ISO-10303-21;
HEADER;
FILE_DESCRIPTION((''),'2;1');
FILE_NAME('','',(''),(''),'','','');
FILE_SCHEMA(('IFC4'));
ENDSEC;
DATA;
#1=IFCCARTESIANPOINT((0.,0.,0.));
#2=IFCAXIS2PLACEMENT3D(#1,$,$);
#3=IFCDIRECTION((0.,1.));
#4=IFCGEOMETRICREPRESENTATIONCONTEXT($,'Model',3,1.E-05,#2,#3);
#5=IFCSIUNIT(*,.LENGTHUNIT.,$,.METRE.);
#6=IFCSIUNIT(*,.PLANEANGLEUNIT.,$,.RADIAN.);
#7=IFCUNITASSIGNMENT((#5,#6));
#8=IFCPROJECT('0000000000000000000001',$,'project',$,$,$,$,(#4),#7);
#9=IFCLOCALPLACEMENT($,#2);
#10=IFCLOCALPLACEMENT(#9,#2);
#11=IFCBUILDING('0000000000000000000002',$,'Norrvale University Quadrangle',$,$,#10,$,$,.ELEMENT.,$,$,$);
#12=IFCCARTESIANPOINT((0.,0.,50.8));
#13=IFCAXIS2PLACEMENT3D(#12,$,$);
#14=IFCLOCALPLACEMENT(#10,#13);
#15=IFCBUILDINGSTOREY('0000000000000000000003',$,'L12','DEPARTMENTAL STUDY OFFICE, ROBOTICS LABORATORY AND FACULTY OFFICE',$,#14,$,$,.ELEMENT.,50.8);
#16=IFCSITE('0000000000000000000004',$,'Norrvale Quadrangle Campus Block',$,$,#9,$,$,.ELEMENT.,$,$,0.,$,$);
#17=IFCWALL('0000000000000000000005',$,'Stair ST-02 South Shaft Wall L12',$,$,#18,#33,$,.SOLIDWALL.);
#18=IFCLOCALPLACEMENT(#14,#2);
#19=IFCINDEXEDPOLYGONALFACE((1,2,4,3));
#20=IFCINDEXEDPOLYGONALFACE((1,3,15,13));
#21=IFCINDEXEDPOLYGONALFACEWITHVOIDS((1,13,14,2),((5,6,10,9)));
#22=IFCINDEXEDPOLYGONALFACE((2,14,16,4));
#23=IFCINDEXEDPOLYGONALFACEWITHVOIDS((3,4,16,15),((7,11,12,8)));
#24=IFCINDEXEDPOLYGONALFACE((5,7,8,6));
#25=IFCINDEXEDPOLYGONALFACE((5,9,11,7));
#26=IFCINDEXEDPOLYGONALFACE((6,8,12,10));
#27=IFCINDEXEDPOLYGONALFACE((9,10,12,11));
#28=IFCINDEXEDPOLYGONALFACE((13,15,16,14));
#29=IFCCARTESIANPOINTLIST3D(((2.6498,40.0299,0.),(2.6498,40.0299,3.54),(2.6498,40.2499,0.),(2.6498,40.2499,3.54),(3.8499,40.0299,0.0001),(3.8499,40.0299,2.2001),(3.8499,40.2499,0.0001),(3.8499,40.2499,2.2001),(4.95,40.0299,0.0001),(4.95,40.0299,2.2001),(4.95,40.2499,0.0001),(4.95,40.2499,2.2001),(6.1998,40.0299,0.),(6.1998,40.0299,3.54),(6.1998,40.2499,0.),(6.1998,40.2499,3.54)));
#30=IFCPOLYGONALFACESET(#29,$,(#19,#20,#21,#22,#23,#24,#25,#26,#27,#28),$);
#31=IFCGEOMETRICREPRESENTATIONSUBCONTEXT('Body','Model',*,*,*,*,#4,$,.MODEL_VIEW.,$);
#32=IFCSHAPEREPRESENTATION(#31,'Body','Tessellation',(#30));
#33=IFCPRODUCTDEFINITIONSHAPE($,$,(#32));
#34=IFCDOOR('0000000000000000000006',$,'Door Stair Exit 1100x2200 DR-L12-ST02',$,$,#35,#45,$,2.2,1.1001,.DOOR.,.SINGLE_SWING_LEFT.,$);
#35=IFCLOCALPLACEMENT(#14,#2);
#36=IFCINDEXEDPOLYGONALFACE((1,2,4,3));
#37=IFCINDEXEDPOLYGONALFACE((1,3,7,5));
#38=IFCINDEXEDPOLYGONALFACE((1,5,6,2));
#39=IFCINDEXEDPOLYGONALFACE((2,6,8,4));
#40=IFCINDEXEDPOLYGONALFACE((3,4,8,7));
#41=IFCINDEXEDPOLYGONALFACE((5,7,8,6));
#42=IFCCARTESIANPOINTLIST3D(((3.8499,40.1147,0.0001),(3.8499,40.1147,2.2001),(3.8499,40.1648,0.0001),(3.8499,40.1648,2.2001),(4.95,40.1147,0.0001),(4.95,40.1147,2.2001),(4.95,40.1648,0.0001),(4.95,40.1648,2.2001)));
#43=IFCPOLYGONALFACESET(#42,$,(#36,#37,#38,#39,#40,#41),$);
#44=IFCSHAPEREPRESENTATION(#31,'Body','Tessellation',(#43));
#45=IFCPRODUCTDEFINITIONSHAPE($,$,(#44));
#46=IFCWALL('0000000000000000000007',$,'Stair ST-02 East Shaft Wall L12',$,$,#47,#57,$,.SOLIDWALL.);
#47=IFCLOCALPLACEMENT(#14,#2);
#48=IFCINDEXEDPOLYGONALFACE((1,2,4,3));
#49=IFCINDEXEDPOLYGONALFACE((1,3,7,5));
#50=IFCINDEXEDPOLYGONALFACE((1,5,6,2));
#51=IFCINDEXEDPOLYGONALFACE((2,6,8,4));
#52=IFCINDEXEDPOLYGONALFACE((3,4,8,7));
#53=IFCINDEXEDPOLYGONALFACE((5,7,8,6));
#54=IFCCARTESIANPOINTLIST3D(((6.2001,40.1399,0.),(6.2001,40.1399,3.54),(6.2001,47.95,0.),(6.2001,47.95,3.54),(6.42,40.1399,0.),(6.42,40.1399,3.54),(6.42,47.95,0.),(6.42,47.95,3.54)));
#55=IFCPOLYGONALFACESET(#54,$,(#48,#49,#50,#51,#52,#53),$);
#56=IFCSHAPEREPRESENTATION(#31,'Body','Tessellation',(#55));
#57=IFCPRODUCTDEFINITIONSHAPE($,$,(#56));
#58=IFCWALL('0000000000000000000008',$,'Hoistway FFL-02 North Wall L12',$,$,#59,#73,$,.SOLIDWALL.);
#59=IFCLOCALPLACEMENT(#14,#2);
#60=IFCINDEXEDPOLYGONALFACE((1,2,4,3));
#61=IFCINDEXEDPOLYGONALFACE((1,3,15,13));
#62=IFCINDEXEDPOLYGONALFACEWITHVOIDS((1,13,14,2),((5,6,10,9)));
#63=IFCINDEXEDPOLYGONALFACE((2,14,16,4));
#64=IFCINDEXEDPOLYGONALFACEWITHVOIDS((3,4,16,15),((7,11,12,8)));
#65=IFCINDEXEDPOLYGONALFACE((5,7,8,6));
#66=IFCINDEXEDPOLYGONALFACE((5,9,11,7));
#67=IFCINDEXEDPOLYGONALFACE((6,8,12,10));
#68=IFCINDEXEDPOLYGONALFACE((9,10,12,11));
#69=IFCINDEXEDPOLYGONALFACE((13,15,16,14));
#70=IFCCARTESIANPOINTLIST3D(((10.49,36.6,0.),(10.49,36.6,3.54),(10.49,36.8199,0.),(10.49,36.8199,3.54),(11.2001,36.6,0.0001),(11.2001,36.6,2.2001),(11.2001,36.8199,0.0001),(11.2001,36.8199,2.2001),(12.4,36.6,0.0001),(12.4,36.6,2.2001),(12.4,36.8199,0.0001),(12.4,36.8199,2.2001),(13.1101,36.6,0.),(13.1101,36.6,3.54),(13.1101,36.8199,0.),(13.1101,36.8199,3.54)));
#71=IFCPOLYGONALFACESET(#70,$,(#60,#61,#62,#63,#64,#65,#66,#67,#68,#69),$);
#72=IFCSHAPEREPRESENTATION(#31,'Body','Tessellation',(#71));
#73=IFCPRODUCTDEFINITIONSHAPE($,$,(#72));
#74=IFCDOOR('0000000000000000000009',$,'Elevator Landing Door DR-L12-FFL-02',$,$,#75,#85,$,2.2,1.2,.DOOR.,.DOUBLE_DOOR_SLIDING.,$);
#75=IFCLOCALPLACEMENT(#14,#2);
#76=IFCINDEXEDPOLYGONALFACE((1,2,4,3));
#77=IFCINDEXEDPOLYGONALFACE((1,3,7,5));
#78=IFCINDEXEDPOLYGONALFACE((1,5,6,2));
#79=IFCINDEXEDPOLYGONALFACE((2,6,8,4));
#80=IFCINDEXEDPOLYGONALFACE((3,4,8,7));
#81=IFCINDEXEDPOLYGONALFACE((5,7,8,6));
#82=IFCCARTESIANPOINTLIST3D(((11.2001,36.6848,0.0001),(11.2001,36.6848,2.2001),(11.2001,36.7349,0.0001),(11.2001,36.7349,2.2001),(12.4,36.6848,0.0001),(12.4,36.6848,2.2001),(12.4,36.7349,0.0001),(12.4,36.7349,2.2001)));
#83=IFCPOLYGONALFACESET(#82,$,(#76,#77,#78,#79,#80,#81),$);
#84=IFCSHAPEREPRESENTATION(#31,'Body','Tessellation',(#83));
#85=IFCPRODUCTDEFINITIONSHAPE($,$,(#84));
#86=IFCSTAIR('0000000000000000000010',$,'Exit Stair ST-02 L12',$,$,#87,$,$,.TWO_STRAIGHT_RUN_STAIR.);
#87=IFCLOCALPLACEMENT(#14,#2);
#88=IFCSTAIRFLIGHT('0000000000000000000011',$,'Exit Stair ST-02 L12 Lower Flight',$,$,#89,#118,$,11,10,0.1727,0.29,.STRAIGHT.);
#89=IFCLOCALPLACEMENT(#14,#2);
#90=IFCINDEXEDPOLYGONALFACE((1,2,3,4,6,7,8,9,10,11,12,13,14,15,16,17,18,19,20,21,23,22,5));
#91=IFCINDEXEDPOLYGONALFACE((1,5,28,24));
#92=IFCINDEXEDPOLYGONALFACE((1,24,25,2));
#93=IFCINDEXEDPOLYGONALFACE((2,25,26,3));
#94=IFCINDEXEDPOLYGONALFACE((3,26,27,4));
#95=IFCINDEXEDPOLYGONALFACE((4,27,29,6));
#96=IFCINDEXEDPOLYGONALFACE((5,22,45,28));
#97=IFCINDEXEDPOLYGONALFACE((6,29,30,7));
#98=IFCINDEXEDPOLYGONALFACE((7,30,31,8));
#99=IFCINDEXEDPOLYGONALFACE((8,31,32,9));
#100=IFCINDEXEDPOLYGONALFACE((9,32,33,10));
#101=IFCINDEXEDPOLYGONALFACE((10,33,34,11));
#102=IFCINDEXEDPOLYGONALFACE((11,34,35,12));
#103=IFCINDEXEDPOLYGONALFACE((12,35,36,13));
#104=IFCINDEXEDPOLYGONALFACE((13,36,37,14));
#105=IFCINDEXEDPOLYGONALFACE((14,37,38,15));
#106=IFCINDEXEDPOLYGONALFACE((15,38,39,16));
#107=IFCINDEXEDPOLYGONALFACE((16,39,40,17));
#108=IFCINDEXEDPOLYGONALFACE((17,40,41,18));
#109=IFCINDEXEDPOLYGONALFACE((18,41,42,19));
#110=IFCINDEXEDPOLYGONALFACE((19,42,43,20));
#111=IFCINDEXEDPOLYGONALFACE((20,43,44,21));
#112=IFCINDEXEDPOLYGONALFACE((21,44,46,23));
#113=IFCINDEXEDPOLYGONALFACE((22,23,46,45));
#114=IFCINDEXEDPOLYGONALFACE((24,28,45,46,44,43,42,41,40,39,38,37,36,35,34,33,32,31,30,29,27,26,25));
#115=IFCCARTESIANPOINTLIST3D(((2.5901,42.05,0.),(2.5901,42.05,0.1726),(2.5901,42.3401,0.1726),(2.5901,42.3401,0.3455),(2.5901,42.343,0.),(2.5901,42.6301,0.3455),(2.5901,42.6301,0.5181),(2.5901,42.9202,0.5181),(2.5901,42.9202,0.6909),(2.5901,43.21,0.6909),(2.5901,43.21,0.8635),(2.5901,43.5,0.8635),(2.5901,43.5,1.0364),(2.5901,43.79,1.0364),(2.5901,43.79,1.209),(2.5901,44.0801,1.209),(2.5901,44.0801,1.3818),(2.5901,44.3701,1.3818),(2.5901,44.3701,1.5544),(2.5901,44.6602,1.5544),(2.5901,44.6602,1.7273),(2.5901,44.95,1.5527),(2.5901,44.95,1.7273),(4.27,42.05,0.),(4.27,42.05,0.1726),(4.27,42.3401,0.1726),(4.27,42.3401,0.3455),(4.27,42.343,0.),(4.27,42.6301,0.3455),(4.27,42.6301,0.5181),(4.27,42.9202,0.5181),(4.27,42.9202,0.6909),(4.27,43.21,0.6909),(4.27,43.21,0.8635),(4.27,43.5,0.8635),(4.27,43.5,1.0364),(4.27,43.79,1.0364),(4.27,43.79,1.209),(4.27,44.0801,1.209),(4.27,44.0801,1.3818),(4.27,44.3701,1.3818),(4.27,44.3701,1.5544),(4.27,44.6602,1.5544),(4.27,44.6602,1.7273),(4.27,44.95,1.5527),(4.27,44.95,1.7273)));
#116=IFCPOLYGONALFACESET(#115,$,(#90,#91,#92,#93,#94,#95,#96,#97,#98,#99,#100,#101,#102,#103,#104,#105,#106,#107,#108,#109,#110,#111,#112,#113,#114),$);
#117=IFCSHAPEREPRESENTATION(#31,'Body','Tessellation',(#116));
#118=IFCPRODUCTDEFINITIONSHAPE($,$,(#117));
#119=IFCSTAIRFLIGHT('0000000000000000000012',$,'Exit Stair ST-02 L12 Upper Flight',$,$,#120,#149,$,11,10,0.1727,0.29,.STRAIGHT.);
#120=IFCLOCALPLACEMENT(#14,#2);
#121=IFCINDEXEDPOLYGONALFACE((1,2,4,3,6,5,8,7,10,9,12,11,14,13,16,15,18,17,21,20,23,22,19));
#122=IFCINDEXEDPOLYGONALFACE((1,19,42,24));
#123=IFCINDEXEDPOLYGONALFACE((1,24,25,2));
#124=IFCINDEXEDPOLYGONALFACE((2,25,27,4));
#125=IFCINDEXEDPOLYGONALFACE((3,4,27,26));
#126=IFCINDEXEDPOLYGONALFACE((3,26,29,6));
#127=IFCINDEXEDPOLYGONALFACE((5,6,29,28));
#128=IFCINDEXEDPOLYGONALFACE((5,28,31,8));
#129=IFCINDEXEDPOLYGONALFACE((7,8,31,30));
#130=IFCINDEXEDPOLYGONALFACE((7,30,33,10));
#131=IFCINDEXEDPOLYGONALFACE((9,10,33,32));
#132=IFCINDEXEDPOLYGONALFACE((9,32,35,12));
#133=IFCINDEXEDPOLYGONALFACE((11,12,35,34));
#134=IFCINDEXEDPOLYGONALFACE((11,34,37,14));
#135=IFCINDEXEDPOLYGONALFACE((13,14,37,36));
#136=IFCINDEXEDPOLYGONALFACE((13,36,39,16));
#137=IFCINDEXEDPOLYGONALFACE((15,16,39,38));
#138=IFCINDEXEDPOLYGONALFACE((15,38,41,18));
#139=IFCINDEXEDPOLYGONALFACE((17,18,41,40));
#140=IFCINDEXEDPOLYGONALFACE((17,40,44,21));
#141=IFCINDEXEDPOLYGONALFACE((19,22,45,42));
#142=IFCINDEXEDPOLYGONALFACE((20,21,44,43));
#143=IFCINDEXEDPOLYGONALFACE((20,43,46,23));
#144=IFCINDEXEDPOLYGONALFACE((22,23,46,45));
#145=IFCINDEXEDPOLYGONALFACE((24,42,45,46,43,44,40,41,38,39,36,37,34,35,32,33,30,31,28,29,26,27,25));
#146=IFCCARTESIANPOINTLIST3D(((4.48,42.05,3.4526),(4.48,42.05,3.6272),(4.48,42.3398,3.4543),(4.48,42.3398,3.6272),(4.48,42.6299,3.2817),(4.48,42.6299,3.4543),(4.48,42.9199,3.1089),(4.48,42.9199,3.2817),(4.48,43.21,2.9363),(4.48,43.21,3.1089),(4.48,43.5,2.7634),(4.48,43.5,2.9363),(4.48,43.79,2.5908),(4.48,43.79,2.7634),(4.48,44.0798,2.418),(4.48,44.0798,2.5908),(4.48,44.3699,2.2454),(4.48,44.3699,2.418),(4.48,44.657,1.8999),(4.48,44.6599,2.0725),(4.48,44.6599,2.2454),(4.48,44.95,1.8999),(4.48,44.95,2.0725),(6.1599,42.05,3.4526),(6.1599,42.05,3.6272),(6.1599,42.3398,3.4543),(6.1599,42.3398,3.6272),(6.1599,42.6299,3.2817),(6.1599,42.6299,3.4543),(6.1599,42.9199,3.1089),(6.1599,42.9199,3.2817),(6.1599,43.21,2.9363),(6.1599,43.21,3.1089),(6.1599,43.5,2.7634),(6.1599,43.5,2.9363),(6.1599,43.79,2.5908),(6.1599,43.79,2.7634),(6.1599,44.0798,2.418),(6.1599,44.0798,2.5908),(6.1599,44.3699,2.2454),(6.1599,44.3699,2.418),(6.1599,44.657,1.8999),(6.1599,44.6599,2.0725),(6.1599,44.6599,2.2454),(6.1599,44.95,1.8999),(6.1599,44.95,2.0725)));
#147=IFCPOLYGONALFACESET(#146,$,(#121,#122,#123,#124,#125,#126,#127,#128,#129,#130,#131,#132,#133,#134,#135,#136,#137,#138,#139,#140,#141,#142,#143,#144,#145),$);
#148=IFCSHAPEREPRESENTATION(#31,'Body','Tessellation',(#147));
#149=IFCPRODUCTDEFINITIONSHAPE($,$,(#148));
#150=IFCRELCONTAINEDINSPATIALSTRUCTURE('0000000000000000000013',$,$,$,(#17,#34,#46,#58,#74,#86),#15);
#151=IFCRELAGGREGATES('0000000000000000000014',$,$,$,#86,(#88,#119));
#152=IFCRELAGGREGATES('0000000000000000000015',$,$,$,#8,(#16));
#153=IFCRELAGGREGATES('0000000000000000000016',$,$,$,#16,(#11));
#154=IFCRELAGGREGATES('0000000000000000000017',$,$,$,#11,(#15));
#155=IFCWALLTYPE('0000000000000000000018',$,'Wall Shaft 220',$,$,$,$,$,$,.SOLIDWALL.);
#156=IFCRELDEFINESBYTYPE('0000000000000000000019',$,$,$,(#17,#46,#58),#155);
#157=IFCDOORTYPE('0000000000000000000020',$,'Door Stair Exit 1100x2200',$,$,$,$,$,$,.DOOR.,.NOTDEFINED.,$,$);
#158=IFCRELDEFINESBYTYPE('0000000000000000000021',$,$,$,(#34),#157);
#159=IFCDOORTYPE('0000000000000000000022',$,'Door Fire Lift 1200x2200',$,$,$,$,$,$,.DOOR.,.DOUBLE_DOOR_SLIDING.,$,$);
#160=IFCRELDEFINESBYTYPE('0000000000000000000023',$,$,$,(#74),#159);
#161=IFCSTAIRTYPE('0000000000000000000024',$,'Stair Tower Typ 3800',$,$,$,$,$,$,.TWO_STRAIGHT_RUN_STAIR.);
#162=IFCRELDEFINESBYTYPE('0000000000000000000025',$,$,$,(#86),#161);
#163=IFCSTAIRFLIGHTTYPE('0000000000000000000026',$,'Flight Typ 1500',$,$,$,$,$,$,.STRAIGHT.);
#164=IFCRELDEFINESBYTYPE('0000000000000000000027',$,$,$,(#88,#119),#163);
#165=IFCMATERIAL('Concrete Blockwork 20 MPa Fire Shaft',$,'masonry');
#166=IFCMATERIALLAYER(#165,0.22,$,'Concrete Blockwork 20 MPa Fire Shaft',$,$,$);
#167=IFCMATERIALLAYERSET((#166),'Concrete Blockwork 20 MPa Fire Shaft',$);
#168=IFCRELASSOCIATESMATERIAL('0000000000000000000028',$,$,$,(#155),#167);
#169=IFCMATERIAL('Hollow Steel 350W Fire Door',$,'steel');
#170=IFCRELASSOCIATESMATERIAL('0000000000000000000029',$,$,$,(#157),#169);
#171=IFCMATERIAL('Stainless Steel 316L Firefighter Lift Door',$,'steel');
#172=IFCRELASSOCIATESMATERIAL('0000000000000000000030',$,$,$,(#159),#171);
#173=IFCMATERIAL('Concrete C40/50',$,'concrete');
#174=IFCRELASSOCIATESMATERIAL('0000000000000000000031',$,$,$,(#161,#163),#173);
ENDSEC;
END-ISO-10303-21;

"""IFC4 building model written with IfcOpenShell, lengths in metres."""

from ifc_helpers import new_model, si_unit, direction, frame, frame_2d, origin, place, context, subcontext, project, spatial, polyline, rectangle, outline, extrude, material, layer, layer_set, type_object, element, fill, aggregate, save


model = new_model("IFC4")

# Units and contexts
model_context = context("Model", 3, precision=1e-05, world=origin(), true_north=direction((0.0, 1.0)))
body_context = subcontext(model_context, "Body", "Model", "MODEL_VIEW")
ifc_project = project(units=[si_unit("LENGTHUNIT", "METRE"), si_unit("PLANEANGLEUNIT", "RADIAN")], contexts=[model_context])

# Site, building, storey
site_placement = place(None, origin())
site = spatial("IfcSite", under=ifc_project, at=site_placement, Name="Norrvale Quadrangle Campus Block", CompositionType="ELEMENT", RefElevation=0.0)
building_placement = place(site_placement, origin())
building = spatial("IfcBuilding", under=site, at=building_placement, Name="Norrvale University Quadrangle", CompositionType="ELEMENT")
storey_placement = place(building_placement, frame((0.0, 0.0, 50.8)))
storey = spatial("IfcBuildingStorey", under=building, at=storey_placement, Name="L12", Description="DEPARTMENTAL STUDY OFFICE, ROBOTICS LABORATORY AND FACULTY OFFICE", CompositionType="ELEMENT", Elevation=50.8)

# Wall, opening, door
ifc_material_1 = material(Name="Concrete Blockwork 20 MPa Fire Shaft", Category="masonry")
ifc_layer_1 = layer(ifc_material_1, 0.22, Name="Concrete Blockwork 20 MPa Fire Shaft")
ifc_layer_set_1 = layer_set([ifc_layer_1], Name="Concrete Blockwork 20 MPa Fire Shaft")
wall_type_1 = type_object("IfcWallType", Name="Wall Shaft 220", PredefinedType="SOLIDWALL", material=ifc_layer_set_1)
wall_1_placement = place(storey_placement, frame((2.6499, 40.1399, 0.0), z_axis=(0.0, 0.0, 1.0), x_axis=(1.0, 0.0, 0.0)))
wall_1 = element("IfcWall", 1, at=wall_1_placement, inside=storey, type_object=wall_type_1, Name="Stair ST-02 South Shaft Wall L12", PredefinedType="SOLIDWALL", context=body_context, shape_type="SweptSolid", body=[
    extrude(rectangle(XDim=3.55, YDim=0.22, at=frame_2d((1.7749, 0.0))), origin(), (0.0, 0.0, 1.0), 3.54),
])
opening_1_placement = place(wall_1_placement, frame((1.2, 0.0, 0.0)))
opening_1 = element("IfcOpeningElement", 2, at=opening_1_placement, cuts=wall_1, PredefinedType="OPENING", context=body_context, shape_type="SweptSolid", body=[
    extrude(rectangle(XDim=1.1001, YDim=2.2, at=frame_2d((0.55, 1.1001))), frame((0.0, 0.1221, 0.0), z_axis=(0.0, -1.0, 0.0), x_axis=(1.0, 0.0, 0.0)), (0.0, 0.0, 1.0), 0.2439),
])
ifc_material_2 = material(Name="Hollow Steel 350W Fire Door", Category="steel")
door_type_1 = type_object("IfcDoorType", Name="Door Stair Exit 1100x2200", OperationType="NOTDEFINED", PredefinedType="DOOR", material=ifc_material_2)
door_1_placement = place(opening_1_placement, origin())
door_1 = element("IfcDoor", 3, at=door_1_placement, inside=storey, type_object=door_type_1, Name="Door Stair Exit 1100x2200 DR-L12-ST02", OperationType="SINGLE_SWING_LEFT", OverallHeight=2.2, OverallWidth=1.1001, PredefinedType="DOOR", context=body_context, shape_type="SweptSolid", body=[
    extrude(rectangle(XDim=1.1001, YDim=2.2, at=frame_2d((0.55, 1.1001))), frame((0.0, 0.0249, 0.0), z_axis=(0.0, -1.0, 0.0), x_axis=(1.0, 0.0, 0.0)), (0.0, 0.0, 1.0), 0.05),
])
fill(opening_1, door_1)

# Wall
wall_2_placement = place(storey_placement, frame((6.3101, 40.1399, 0.0), z_axis=(0.0, 0.0, 1.0), x_axis=(0.0, 1.0, 0.0)))
element("IfcWall", 4, at=wall_2_placement, inside=storey, type_object=wall_type_1, Name="Stair ST-02 East Shaft Wall L12", PredefinedType="SOLIDWALL", context=body_context, shape_type="SweptSolid", body=[
    extrude(rectangle(XDim=7.8101, YDim=0.22, at=frame_2d((3.905, 0.0))), origin(), (0.0, 0.0, 1.0), 3.54),
])

# Wall, opening, door
wall_3_placement = place(storey_placement, frame((10.49, 36.71, 0.0), z_axis=(0.0, 0.0, 1.0), x_axis=(1.0, 0.0, 0.0)))
wall_3 = element("IfcWall", 5, at=wall_3_placement, inside=storey, type_object=wall_type_1, Name="Hoistway FFL-02 North Wall L12", PredefinedType="SOLIDWALL", context=body_context, shape_type="SweptSolid", body=[
    extrude(rectangle(XDim=2.6201, YDim=0.22, at=frame_2d((1.3101, 0.0))), origin(), (0.0, 0.0, 1.0), 3.54),
])
opening_2_placement = place(wall_3_placement, frame((0.71, 0.0, 0.0)))
opening_2 = element("IfcOpeningElement", 6, at=opening_2_placement, cuts=wall_3, PredefinedType="OPENING", context=body_context, shape_type="SweptSolid", body=[
    extrude(rectangle(XDim=1.2, YDim=2.2, at=frame_2d((0.6001, 1.1001))), frame((0.0, 0.1221, 0.0), z_axis=(0.0, -1.0, 0.0), x_axis=(1.0, 0.0, 0.0)), (0.0, 0.0, 1.0), 0.2439),
])
ifc_material_3 = material(Name="Stainless Steel 316L Firefighter Lift Door", Category="steel")
door_type_2 = type_object("IfcDoorType", Name="Door Fire Lift 1200x2200", OperationType="DOUBLE_DOOR_SLIDING", PredefinedType="DOOR", material=ifc_material_3)
door_2_placement = place(opening_2_placement, origin())
door_2 = element("IfcDoor", 7, at=door_2_placement, inside=storey, type_object=door_type_2, Name="Elevator Landing Door DR-L12-FFL-02", OperationType="DOUBLE_DOOR_SLIDING", OverallHeight=2.2, OverallWidth=1.2, PredefinedType="DOOR", context=body_context, shape_type="SweptSolid", body=[
    extrude(rectangle(XDim=1.2, YDim=2.2, at=frame_2d((0.6001, 1.1001))), frame((0.0, 0.0249, 0.0), z_axis=(0.0, -1.0, 0.0), x_axis=(1.0, 0.0, 0.0)), (0.0, 0.0, 1.0), 0.05),
])
fill(opening_2, door_2)

# Stair, stair flights
ifc_material_4 = material(Name="Concrete C40/50", Category="concrete")
stair_type = type_object("IfcStairType", Name="Stair Tower Typ 3800", PredefinedType="TWO_STRAIGHT_RUN_STAIR", material=ifc_material_4)
stair_placement = place(storey_placement, origin())
stair = element("IfcStair", 8, at=stair_placement, inside=storey, type_object=stair_type, Name="Exit Stair ST-02 L12", PredefinedType="TWO_STRAIGHT_RUN_STAIR")
stair_flight_type = type_object("IfcStairFlightType", Name="Flight Typ 1500", PredefinedType="STRAIGHT", material=ifc_material_4)
stair_flight_1_placement = place(storey_placement, frame((3.4299, 42.05, 0.0), z_axis=(0.0, 0.0, 1.0), x_axis=(0.0, 1.0, 0.0)))
stair_flight_1 = element("IfcStairFlight", 9, at=stair_flight_1_placement, type_object=stair_flight_type, Name="Exit Stair ST-02 L12 Lower Flight", NumberOfRisers=11, NumberOfTreads=10, PredefinedType="STRAIGHT", RiserHeight=0.1727, TreadLength=0.29, context=body_context, shape_type="SweptSolid", body=[
    extrude(outline(polyline([(0.0, 0.0), (0.0, 0.1726), (0.29, 0.1726), (0.29, 0.3455), (0.5801, 0.3455), (0.5801, 0.5181), (0.8701, 0.5181), (0.8701, 0.6909), (1.1599, 0.6909), (1.1599, 0.8635), (1.45, 0.8635), (1.45, 1.0364), (1.74, 1.0364), (1.74, 1.209), (2.03, 1.209), (2.03, 1.3818), (2.3201, 1.3818), (2.3201, 1.5544), (2.6101, 1.5544), (2.6101, 1.7273), (2.8999, 1.7273), (2.8999, 1.8999), (2.8999, 1.5527), (0.293, 0.0), (0.0, 0.0)])), frame((0.0, 0.8398, 0.0), z_axis=(0.0, -1.0, 0.0), x_axis=(1.0, 0.0, 0.0)), (0.0, 0.0, 1.0), 1.6799),
])
stair_flight_2_placement = place(storey_placement, frame((5.3201, 44.95, 1.8999), z_axis=(0.0, 0.0, 1.0), x_axis=(0.0, -1.0, 0.0)))
stair_flight_2 = element("IfcStairFlight", 10, at=stair_flight_2_placement, type_object=stair_flight_type, Name="Exit Stair ST-02 L12 Upper Flight", NumberOfRisers=11, NumberOfTreads=10, PredefinedType="STRAIGHT", RiserHeight=0.1727, TreadLength=0.29, context=body_context, shape_type="SweptSolid", body=[
    extrude(outline(polyline([(0.0, 0.0), (0.0, 0.1726), (0.29, 0.1726), (0.29, 0.3455), (0.5801, 0.3455), (0.5801, 0.5181), (0.8701, 0.5181), (0.8701, 0.6909), (1.1599, 0.6909), (1.1599, 0.8635), (1.45, 0.8635), (1.45, 1.0364), (1.74, 1.0364), (1.74, 1.209), (2.03, 1.209), (2.03, 1.3818), (2.3201, 1.3818), (2.3201, 1.5544), (2.6101, 1.5544), (2.6101, 1.7273), (2.8999, 1.7273), (2.8999, 1.8999), (2.8999, 1.5527), (0.293, 0.0), (0.0, 0.0)])), frame((0.0, 0.8398, 0.0), z_axis=(0.0, -1.0, 0.0), x_axis=(1.0, 0.0, 0.0)), (0.0, 0.0, 1.0), 1.6799),
])
aggregate(stair, [stair_flight_1, stair_flight_2])

save(model, "model.ifc")
